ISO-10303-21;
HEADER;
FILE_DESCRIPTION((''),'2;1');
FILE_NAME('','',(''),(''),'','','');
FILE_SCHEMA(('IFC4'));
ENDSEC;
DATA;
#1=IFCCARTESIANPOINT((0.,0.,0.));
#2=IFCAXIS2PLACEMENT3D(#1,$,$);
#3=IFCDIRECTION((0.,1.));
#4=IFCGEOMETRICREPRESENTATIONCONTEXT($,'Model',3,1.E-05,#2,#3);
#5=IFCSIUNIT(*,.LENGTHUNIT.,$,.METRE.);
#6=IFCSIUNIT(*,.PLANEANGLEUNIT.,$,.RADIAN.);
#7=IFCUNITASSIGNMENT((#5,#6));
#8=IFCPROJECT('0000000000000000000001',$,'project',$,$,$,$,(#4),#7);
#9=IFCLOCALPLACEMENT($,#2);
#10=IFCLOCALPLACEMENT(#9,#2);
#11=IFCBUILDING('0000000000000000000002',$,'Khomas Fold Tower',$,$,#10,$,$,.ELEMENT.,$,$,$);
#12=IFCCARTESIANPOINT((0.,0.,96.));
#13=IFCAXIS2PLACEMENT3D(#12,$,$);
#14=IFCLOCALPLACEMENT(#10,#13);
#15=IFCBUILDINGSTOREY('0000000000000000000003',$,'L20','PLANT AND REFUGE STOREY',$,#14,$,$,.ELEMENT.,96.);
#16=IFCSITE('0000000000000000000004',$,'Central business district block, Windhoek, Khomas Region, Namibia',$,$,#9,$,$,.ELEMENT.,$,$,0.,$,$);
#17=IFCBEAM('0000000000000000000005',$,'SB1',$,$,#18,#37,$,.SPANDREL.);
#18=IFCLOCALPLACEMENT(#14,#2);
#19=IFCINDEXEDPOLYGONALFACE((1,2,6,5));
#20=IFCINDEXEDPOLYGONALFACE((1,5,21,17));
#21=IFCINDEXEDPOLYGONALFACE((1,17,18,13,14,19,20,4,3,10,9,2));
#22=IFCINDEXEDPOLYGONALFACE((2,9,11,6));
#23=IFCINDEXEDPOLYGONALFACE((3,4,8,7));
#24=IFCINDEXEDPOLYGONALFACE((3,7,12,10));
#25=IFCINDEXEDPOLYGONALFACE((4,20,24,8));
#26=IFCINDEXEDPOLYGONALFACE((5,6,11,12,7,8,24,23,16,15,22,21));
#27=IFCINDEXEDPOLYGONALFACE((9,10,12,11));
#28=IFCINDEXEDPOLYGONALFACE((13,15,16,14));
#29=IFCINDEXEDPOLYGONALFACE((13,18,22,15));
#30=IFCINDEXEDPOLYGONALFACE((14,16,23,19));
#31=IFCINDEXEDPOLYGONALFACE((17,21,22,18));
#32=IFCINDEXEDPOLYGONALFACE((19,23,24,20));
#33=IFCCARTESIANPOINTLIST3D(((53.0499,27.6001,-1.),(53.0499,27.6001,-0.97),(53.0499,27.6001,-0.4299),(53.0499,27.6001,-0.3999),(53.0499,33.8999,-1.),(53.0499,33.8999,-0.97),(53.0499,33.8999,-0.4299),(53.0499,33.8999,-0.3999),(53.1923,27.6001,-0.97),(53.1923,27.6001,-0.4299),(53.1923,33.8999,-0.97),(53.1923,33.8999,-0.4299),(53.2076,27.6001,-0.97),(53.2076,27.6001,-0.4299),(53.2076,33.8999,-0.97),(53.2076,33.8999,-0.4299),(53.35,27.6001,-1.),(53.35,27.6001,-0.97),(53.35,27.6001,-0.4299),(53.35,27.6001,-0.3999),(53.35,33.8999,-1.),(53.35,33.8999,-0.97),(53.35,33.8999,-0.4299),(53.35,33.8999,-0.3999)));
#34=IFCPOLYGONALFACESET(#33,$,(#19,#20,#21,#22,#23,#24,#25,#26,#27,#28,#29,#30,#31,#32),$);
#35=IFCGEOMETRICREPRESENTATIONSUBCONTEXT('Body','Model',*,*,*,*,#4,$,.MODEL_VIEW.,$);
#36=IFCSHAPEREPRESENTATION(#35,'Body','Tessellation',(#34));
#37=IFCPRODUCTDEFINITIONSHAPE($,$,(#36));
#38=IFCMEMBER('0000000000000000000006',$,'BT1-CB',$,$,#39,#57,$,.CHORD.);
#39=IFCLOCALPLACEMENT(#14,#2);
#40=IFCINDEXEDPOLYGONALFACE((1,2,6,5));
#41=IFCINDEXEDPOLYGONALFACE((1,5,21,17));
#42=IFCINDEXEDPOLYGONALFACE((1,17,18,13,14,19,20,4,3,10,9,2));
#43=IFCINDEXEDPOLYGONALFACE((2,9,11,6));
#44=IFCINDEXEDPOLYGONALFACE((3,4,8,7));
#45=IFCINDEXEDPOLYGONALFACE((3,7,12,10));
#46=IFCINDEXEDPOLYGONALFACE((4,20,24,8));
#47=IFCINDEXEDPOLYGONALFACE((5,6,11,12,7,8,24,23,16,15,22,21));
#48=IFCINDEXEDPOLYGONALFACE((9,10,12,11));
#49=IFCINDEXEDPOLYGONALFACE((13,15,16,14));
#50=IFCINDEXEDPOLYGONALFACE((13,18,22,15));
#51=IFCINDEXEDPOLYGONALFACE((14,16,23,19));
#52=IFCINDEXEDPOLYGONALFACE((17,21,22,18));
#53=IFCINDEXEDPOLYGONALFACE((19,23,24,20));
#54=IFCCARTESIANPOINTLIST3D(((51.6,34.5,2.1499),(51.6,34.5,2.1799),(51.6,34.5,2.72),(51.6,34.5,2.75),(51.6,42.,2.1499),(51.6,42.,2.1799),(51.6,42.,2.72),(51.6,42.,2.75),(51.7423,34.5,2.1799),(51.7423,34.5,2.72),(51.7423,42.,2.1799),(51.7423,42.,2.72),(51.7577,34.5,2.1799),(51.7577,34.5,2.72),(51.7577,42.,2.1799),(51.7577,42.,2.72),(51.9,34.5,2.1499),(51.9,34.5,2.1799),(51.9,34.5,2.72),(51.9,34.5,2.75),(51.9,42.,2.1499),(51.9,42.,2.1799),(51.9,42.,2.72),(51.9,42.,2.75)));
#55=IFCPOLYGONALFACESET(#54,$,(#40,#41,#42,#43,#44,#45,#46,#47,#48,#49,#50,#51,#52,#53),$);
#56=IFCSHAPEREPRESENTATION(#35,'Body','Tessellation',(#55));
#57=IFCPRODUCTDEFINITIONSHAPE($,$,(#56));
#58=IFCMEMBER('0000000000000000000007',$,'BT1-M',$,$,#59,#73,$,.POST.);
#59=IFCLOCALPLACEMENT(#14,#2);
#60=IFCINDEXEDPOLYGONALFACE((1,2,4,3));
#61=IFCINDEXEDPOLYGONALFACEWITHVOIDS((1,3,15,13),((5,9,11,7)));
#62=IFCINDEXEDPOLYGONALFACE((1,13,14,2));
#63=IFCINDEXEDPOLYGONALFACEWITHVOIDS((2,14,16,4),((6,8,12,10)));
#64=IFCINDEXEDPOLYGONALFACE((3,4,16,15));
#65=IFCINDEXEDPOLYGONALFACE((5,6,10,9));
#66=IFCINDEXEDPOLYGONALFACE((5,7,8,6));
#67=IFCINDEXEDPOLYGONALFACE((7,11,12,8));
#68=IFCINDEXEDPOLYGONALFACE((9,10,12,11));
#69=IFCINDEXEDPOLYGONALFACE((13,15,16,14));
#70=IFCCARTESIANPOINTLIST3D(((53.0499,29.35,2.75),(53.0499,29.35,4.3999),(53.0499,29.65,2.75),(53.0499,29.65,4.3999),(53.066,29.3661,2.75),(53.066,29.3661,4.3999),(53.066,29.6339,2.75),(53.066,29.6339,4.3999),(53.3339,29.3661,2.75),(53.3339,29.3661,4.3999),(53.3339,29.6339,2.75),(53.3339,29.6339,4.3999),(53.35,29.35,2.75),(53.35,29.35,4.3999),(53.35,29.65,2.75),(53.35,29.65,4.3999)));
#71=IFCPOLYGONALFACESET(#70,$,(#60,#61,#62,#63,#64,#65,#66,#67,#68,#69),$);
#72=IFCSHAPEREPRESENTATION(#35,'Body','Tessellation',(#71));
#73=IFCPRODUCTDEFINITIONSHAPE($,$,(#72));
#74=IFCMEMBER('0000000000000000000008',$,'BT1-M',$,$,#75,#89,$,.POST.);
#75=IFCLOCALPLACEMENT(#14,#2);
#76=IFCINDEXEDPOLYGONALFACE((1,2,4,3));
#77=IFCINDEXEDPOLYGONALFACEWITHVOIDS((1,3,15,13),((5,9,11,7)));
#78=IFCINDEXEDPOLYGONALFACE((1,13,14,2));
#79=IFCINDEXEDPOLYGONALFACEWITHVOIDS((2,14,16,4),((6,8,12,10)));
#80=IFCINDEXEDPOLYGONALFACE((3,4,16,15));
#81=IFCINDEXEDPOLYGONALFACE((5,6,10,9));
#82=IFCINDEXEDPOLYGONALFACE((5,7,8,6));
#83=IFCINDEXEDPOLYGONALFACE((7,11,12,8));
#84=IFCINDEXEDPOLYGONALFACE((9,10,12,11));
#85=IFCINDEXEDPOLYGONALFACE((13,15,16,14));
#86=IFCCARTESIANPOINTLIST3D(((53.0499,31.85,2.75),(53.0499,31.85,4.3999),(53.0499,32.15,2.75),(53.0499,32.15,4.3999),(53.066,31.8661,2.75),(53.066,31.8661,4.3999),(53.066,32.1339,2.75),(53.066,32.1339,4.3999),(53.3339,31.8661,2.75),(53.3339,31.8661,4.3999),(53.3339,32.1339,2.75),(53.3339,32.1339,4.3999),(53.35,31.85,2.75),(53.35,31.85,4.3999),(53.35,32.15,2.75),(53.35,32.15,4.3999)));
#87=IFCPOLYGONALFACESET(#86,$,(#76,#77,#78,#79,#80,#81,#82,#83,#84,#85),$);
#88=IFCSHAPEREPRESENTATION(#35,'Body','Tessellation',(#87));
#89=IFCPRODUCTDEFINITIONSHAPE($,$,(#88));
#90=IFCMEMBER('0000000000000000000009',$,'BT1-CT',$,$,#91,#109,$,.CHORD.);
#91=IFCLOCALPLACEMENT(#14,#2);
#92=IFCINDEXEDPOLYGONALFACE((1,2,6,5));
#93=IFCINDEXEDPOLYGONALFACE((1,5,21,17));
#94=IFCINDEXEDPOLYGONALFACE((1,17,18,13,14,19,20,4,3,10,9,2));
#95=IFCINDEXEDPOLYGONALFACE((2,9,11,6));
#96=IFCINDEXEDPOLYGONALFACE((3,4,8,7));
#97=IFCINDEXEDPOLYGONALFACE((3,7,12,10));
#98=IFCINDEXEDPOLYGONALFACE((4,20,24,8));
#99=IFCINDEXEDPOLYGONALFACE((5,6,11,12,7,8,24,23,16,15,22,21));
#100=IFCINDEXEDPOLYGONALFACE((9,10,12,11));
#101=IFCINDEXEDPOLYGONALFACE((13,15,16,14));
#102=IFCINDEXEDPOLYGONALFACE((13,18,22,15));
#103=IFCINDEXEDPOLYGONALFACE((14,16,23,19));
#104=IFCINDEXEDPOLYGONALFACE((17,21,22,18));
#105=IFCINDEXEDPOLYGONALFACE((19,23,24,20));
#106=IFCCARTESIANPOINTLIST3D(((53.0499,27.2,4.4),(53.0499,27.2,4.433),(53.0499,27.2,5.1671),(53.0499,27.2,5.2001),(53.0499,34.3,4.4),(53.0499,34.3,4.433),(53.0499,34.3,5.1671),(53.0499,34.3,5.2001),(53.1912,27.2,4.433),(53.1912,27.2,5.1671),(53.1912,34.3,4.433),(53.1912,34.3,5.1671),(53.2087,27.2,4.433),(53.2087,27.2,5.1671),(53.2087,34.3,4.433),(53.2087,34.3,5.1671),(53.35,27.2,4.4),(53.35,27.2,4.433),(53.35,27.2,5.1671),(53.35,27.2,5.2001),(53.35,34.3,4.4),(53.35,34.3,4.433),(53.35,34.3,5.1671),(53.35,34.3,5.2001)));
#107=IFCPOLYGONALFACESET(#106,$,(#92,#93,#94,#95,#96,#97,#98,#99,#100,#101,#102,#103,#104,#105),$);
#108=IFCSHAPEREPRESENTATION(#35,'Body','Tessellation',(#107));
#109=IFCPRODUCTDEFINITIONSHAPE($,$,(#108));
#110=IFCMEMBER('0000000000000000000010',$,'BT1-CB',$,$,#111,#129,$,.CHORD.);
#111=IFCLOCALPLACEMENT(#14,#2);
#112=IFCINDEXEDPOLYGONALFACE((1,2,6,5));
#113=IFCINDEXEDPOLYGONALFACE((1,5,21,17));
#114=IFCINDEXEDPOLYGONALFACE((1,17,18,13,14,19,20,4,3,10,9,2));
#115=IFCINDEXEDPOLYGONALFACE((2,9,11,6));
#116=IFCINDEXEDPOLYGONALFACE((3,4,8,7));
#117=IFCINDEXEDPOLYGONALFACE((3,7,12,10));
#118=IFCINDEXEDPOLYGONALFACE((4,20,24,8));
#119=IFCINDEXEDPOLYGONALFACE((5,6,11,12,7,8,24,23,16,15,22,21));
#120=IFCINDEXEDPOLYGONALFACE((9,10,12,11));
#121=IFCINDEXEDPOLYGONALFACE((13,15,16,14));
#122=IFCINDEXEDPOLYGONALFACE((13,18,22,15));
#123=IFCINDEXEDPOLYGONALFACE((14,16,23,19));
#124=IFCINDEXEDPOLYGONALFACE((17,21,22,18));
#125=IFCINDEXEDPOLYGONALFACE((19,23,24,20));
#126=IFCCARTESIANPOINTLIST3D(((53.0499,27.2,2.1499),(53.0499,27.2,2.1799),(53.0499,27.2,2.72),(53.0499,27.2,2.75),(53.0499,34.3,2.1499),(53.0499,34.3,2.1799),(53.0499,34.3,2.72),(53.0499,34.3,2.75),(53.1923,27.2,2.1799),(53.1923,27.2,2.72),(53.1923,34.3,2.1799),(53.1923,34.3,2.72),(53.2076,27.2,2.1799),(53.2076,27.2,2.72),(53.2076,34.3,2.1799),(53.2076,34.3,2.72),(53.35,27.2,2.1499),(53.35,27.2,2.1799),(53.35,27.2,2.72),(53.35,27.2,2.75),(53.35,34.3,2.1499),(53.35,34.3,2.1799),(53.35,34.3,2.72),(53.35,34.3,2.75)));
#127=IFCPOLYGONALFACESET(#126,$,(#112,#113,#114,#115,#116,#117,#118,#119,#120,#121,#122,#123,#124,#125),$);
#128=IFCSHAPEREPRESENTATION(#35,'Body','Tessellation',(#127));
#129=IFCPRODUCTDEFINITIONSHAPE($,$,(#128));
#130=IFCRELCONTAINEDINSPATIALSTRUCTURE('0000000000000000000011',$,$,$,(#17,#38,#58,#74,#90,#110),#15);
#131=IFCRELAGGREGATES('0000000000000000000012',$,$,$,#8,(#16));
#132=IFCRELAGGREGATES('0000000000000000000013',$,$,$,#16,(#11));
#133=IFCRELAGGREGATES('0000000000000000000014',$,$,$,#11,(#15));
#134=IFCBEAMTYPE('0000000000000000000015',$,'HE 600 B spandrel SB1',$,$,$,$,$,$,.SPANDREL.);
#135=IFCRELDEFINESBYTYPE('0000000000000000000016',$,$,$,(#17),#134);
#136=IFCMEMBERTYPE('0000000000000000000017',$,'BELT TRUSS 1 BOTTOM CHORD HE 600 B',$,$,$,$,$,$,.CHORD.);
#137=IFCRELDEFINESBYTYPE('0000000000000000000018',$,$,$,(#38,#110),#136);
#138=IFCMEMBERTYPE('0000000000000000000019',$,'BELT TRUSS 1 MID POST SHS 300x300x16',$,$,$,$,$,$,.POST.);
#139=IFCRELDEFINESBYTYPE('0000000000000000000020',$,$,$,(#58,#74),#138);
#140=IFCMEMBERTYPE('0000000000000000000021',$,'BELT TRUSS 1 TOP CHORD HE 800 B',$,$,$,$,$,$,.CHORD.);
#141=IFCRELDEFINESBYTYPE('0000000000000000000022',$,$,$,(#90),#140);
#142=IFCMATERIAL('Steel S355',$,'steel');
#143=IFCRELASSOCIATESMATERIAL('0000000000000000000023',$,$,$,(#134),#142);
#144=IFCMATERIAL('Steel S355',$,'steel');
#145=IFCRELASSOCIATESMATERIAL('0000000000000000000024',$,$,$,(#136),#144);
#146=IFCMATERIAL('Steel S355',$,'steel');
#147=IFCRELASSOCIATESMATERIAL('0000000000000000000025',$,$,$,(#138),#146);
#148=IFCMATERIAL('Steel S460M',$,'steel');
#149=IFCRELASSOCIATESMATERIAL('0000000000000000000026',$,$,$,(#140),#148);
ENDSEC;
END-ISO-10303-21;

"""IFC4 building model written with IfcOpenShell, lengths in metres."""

from ifc_helpers import new_model, si_unit, direction, frame, origin, origin_2d, place, context, subcontext, project, spatial, hollow_rectangle, i_section, extrude, source, transform, mapped, material, material_profile, profile_set, type_object, element, save


model = new_model("IFC4")

# Units and contexts
model_context = context("Model", 3, precision=1e-05, world=origin(), true_north=direction((0.0, 1.0)))
body_context = subcontext(model_context, "Body", "Model", "MODEL_VIEW")
ifc_project = project(units=[si_unit("LENGTHUNIT", "METRE"), si_unit("PLANEANGLEUNIT", "RADIAN")], contexts=[model_context])

# Site, building, storey
site_placement = place(None, origin())
site = spatial("IfcSite", under=ifc_project, at=site_placement, Name="Central business district block, Windhoek, Khomas Region, Namibia", CompositionType="ELEMENT", RefElevation=0.0)
building_placement = place(site_placement, origin())
building = spatial("IfcBuilding", under=site, at=building_placement, Name="Khomas Fold Tower", CompositionType="ELEMENT")
storey_placement = place(building_placement, frame((0.0, 0.0, 96.0)))
storey = spatial("IfcBuildingStorey", under=building, at=storey_placement, Name="L20", Description="PLANT AND REFUGE STOREY", CompositionType="ELEMENT", Elevation=96.0)

# Beam
ifc_material_1 = material(Name="Steel S355", Category="steel")
ifc_material_profile_1 = material_profile(ifc_material_1, i_section(OverallWidth=0.3, OverallDepth=0.6001, WebThickness=0.0154, FlangeThickness=0.03, at=origin_2d()), Name="HE 600 B")
ifc_profile_set_1 = profile_set([ifc_material_profile_1], Name="Steel S355")
beam_type_1 = type_object("IfcBeamType", Name="HE 600 B spandrel SB1", PredefinedType="SPANDREL", material=ifc_profile_set_1)
shared_shape_1 = source(origin(), body_context, "Body", "SweptSolid", [
    extrude(i_section(OverallWidth=0.3, OverallDepth=0.6001, WebThickness=0.0154, FlangeThickness=0.03, at=origin_2d()), origin(), (0.0, 0.0, 1.0), 6.2998),
])
beam_1_placement = place(storey_placement, frame((53.2, 27.6001, -0.7), z_axis=(0.0, 1.0, 0.0), x_axis=(-1.0, 0.0, 0.0)))
element("IfcBeam", 1, at=beam_1_placement, inside=storey, type_object=beam_type_1, Name="SB1", PredefinedType="SPANDREL", context=body_context, shape_type="MappedRepresentation", body=[
    mapped(shared_shape_1, transform((0.0, 0.0, 0.0))),
])

# Members
ifc_material_2 = material(Name="Steel S355", Category="steel")
ifc_material_profile_2 = material_profile(ifc_material_2, i_section(OverallWidth=0.3, OverallDepth=0.6001, WebThickness=0.0154, FlangeThickness=0.03, at=origin_2d()), Name="HE 600 B")
ifc_profile_set_2 = profile_set([ifc_material_profile_2], Name="Steel S355")
member_type_1 = type_object("IfcMemberType", Name="BELT TRUSS 1 BOTTOM CHORD HE 600 B", PredefinedType="CHORD", material=ifc_profile_set_2)
shared_shape_2 = source(origin(), body_context, "Body", "SweptSolid", [
    extrude(i_section(OverallWidth=0.3, OverallDepth=0.6001, WebThickness=0.0154, FlangeThickness=0.03, at=origin_2d()), origin(), (0.0, 0.0, 1.0), 7.5),
])
member_1_placement = place(storey_placement, frame((51.75, 34.5, 2.45), z_axis=(0.0, 1.0, 0.0), x_axis=(-1.0, 0.0, 0.0)))
element("IfcMember", 2, at=member_1_placement, inside=storey, type_object=member_type_1, Name="BT1-CB", PredefinedType="CHORD", context=body_context, shape_type="MappedRepresentation", body=[
    mapped(shared_shape_2, transform((0.0, 0.0, 0.0))),
])
ifc_material_3 = material(Name="Steel S355", Category="steel")
ifc_material_profile_3 = material_profile(ifc_material_3, hollow_rectangle(XDim=0.3, YDim=0.3, WallThickness=0.0161, at=origin_2d()), Name="SHS 300x300x16")
ifc_profile_set_3 = profile_set([ifc_material_profile_3], Name="Steel S355")
member_type_2 = type_object("IfcMemberType", Name="BELT TRUSS 1 MID POST SHS 300x300x16", PredefinedType="POST", material=ifc_profile_set_3)
shared_shape_3 = source(origin(), body_context, "Body", "SweptSolid", [
    extrude(hollow_rectangle(XDim=0.3, YDim=0.3, WallThickness=0.0161, at=origin_2d()), origin(), (0.0, 0.0, 1.0), 1.6499),
])
for number, where, z_axis, x_axis, name in (
    (3, (53.2, 29.5, 2.75), (0.0, 0.0, 1.0), (1.0, 0.0, 0.0), "BT1-M"),
    (4, (53.2, 32.0, 2.75), (0.0, 0.0, 1.0), (1.0, 0.0, 0.0), "BT1-M"),
):
    element("IfcMember", number, at=place(storey_placement, frame(where, z_axis=z_axis, x_axis=x_axis)), inside=storey, type_object=member_type_2, Name=name, PredefinedType="POST", context=body_context, shape_type="MappedRepresentation", body=[
        mapped(shared_shape_3, transform((0.0, 0.0, 0.0))),
    ])
ifc_material_4 = material(Name="Steel S460M", Category="steel")
ifc_material_profile_4 = material_profile(ifc_material_4, i_section(OverallWidth=0.3, OverallDepth=0.8, WebThickness=0.0176, FlangeThickness=0.033, at=origin_2d()), Name="HE 800 B")
ifc_profile_set_4 = profile_set([ifc_material_profile_4], Name="Steel S460M")
member_type_3 = type_object("IfcMemberType", Name="BELT TRUSS 1 TOP CHORD HE 800 B", PredefinedType="CHORD", material=ifc_profile_set_4)
shared_shape_4 = source(origin(), body_context, "Body", "SweptSolid", [
    extrude(i_section(OverallWidth=0.3, OverallDepth=0.8, WebThickness=0.0176, FlangeThickness=0.033, at=origin_2d()), origin(), (0.0, 0.0, 1.0), 7.1001),
])
member_2_placement = place(storey_placement, frame((53.2, 27.2, 4.8), z_axis=(0.0, 1.0, 0.0), x_axis=(-1.0, 0.0, 0.0)))
element("IfcMember", 5, at=member_2_placement, inside=storey, type_object=member_type_3, Name="BT1-CT", PredefinedType="CHORD", context=body_context, shape_type="MappedRepresentation", body=[
    mapped(shared_shape_4, transform((0.0, 0.0, 0.0))),
])
shared_shape_5 = source(origin(), body_context, "Body", "SweptSolid", [
    extrude(i_section(OverallWidth=0.3, OverallDepth=0.6001, WebThickness=0.0154, FlangeThickness=0.03, at=origin_2d()), origin(), (0.0, 0.0, 1.0), 7.1001),
])
member_3_placement = place(storey_placement, frame((53.2, 27.2, 2.45), z_axis=(0.0, 1.0, 0.0), x_axis=(-1.0, 0.0, 0.0)))
element("IfcMember", 6, at=member_3_placement, inside=storey, type_object=member_type_1, Name="BT1-CB", PredefinedType="CHORD", context=body_context, shape_type="MappedRepresentation", body=[
    mapped(shared_shape_5, transform((0.0, 0.0, 0.0))),
])

save(model, "model.ifc")
